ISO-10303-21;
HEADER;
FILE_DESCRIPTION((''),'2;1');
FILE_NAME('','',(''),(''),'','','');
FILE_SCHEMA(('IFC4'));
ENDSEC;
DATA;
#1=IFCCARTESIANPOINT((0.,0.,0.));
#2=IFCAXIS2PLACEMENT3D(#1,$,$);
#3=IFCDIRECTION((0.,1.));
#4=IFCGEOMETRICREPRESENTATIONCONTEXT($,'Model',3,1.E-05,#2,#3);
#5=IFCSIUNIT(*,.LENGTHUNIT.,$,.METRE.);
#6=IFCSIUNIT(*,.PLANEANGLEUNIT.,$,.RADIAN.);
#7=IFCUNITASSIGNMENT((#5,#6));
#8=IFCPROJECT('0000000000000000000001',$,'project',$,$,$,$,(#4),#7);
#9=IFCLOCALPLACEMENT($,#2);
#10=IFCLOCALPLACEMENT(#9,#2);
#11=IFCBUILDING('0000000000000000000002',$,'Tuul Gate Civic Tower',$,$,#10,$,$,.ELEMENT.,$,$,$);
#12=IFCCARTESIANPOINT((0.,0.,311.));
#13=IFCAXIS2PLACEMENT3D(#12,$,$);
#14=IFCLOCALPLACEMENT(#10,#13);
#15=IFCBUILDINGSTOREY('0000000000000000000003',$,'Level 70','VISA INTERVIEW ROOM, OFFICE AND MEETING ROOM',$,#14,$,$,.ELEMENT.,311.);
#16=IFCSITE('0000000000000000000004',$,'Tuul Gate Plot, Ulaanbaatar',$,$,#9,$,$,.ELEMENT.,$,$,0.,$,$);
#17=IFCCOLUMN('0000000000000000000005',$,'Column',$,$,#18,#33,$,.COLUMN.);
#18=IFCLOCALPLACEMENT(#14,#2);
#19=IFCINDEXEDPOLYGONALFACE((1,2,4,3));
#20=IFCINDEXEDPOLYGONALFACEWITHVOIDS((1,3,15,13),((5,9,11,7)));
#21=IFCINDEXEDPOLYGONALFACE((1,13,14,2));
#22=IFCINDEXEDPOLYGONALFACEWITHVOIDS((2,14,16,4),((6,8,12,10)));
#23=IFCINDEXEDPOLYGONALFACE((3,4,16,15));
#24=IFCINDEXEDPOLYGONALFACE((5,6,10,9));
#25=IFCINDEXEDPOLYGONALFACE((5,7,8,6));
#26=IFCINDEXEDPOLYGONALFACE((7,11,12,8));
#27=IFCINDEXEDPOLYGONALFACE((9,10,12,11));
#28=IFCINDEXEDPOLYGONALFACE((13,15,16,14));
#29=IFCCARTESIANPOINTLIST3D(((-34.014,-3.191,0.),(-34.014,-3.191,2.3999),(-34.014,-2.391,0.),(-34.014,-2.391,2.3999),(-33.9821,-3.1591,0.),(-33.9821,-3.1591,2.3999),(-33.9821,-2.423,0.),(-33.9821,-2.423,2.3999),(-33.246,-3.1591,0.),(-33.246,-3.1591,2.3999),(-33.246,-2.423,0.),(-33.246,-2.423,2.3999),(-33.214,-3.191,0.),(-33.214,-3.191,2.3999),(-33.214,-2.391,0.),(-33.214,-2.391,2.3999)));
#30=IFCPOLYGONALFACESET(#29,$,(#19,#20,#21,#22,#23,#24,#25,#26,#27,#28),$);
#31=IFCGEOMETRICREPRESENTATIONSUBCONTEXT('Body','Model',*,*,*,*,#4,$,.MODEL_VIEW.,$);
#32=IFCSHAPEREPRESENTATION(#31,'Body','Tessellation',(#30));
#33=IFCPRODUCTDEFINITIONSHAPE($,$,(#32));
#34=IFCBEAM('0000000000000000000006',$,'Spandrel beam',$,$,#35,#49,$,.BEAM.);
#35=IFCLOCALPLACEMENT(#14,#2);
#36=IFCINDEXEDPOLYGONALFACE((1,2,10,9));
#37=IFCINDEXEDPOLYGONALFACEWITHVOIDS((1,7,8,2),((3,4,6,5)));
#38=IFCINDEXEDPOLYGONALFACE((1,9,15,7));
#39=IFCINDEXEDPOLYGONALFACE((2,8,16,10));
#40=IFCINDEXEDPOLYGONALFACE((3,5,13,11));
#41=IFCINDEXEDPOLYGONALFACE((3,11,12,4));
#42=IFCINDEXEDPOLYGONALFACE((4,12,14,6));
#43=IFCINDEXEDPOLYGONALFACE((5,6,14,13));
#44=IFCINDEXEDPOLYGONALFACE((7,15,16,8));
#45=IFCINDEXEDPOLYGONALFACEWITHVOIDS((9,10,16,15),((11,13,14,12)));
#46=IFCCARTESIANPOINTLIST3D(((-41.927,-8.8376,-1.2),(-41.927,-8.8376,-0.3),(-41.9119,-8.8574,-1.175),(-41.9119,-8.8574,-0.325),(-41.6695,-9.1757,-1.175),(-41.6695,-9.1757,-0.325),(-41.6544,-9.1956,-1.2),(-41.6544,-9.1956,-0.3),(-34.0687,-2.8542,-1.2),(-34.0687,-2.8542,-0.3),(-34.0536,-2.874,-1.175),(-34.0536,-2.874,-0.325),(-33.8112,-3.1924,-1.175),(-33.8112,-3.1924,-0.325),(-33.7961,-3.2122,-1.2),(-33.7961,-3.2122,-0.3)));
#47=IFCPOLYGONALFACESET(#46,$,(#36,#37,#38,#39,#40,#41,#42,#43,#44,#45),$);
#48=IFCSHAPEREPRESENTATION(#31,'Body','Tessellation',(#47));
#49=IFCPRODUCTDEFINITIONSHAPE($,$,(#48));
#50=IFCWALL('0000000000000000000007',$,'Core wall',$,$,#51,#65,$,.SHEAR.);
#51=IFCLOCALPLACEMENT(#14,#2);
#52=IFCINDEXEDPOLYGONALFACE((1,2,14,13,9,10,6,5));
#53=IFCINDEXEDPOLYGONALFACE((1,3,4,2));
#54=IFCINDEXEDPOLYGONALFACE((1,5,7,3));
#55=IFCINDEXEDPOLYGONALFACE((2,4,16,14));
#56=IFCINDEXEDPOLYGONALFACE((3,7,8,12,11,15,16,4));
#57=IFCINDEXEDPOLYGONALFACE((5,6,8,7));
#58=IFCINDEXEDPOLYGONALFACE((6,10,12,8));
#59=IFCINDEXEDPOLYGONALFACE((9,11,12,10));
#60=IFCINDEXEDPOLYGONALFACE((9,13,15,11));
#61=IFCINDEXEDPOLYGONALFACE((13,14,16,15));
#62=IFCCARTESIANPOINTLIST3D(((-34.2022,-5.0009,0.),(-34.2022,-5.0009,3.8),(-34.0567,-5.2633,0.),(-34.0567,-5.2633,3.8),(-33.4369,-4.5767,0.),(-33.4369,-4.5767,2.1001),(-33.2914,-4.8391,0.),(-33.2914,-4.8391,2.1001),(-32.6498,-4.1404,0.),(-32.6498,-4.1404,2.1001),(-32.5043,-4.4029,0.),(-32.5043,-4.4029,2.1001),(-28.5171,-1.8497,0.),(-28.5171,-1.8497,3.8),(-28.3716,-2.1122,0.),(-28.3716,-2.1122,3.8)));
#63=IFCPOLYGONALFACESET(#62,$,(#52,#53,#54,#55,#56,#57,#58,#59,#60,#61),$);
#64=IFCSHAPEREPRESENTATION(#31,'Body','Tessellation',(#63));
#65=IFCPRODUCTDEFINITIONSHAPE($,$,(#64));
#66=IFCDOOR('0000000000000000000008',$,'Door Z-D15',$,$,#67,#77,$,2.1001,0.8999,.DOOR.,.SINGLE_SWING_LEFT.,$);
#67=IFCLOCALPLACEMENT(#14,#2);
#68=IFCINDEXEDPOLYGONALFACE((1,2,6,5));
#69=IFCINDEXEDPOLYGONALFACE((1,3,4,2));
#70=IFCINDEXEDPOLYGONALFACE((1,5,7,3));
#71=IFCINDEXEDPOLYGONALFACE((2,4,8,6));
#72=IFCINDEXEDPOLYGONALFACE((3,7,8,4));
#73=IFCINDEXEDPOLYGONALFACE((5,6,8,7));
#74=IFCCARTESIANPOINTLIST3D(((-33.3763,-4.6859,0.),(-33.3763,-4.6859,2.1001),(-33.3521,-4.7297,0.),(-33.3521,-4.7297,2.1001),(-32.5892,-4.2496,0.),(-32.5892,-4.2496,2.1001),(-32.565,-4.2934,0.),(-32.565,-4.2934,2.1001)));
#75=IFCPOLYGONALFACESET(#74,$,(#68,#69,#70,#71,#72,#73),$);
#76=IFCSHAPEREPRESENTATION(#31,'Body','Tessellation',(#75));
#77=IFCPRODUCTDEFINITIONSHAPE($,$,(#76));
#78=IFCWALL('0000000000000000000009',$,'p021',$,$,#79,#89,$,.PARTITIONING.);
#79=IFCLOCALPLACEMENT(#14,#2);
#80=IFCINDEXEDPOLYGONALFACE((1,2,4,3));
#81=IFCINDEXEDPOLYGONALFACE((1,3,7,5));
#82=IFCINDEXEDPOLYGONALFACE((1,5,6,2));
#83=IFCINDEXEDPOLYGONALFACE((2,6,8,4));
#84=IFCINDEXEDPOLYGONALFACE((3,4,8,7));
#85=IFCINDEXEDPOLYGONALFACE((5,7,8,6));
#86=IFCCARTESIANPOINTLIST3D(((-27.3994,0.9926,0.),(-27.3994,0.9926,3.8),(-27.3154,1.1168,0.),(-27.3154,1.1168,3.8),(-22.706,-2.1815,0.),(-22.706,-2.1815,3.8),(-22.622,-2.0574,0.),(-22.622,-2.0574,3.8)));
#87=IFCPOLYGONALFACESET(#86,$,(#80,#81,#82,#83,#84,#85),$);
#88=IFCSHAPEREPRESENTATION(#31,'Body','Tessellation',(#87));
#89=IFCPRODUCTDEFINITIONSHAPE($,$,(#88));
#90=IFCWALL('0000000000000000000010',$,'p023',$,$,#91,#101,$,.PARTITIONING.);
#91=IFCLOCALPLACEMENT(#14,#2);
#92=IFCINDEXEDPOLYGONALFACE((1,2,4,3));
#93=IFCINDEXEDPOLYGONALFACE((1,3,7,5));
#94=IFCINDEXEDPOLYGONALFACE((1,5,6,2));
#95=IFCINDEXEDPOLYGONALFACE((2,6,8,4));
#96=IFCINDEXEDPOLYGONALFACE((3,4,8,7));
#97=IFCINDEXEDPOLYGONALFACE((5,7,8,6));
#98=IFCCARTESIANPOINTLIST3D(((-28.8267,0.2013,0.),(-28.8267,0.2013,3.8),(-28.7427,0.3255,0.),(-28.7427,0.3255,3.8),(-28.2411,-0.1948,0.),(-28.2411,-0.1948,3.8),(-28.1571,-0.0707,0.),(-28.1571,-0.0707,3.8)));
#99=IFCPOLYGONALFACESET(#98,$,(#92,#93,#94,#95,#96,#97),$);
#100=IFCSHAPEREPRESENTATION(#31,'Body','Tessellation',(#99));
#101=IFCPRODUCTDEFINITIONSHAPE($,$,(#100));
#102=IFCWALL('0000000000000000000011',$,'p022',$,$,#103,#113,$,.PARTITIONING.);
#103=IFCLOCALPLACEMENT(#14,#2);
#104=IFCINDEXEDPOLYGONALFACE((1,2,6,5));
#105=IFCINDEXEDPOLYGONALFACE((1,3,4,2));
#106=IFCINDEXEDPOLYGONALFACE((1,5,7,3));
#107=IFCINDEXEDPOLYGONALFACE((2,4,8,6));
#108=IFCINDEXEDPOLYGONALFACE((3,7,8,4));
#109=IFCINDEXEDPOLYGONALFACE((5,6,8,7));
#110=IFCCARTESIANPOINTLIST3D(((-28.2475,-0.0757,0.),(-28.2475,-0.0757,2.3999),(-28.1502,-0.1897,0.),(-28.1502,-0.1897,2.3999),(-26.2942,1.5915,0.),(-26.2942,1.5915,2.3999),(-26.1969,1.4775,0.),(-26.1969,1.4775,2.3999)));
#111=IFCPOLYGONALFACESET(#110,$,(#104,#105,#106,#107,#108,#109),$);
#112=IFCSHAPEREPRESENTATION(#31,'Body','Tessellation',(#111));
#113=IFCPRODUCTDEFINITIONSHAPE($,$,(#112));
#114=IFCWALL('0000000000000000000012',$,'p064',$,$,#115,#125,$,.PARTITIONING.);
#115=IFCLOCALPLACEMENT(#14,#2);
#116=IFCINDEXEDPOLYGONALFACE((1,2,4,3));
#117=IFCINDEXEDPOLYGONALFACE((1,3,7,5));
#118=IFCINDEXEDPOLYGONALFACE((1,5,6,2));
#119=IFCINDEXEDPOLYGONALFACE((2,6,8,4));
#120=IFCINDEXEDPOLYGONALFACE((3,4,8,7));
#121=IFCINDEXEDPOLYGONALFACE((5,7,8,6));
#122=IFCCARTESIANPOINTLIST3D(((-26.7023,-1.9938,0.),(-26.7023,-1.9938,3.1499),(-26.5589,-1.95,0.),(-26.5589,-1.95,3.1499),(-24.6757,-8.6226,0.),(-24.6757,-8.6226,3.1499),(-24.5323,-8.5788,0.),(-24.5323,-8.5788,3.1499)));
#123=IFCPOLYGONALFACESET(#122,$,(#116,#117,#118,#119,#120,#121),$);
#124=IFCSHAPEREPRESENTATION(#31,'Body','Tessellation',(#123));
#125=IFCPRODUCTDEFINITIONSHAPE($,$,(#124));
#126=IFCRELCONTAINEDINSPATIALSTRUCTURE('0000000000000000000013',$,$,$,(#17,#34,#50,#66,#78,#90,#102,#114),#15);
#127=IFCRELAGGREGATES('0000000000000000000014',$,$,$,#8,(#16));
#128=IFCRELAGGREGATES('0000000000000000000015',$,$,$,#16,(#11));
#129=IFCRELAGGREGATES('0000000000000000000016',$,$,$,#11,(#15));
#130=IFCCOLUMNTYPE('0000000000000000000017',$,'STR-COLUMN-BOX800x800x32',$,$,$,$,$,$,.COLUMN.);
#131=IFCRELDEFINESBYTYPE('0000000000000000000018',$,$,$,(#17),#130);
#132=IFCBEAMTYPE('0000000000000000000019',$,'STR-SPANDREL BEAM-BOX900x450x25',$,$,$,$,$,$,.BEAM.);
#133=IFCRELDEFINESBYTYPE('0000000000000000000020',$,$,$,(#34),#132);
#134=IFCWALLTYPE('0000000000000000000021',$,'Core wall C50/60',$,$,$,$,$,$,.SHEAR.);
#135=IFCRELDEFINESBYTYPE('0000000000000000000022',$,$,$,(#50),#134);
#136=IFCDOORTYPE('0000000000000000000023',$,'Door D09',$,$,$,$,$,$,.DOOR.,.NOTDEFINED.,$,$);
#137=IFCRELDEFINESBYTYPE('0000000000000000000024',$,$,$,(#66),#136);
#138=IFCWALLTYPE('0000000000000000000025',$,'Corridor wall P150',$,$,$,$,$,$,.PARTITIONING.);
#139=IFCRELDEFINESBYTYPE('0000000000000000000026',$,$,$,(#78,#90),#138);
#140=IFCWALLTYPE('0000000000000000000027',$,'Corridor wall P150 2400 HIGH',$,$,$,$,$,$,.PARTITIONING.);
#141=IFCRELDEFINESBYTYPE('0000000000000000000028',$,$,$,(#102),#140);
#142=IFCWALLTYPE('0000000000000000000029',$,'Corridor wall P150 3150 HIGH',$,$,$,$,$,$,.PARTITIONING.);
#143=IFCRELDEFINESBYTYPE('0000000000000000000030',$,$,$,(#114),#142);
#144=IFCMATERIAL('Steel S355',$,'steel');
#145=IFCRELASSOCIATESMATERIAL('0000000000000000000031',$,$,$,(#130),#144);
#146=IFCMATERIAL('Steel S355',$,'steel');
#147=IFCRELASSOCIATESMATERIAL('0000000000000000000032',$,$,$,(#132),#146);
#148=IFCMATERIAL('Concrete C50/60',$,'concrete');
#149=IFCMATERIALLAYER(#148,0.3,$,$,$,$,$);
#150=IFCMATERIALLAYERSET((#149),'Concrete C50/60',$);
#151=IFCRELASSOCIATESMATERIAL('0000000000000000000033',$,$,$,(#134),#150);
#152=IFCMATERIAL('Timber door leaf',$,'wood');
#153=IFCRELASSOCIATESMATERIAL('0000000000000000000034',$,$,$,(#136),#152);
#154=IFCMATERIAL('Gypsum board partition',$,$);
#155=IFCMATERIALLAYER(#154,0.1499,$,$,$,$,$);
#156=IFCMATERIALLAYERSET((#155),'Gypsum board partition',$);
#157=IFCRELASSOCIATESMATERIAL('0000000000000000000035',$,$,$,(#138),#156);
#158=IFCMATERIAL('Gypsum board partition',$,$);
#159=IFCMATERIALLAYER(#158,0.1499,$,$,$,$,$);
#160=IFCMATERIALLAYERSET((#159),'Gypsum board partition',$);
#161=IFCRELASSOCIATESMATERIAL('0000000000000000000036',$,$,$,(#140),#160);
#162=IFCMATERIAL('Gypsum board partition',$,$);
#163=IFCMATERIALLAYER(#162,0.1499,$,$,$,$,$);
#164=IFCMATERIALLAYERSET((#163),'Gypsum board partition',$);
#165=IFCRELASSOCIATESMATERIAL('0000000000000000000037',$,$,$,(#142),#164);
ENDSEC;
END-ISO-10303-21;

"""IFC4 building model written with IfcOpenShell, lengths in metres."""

from ifc_helpers import new_model, si_unit, direction, frame, frame_2d, origin, origin_2d, place, context, subcontext, project, spatial, rectangle, hollow_rectangle, extrude, material, layer, layer_set, material_profile, profile_set, type_object, element, fill, save


model = new_model("IFC4")

# Units and contexts
model_context = context("Model", 3, precision=1e-05, world=origin(), true_north=direction((0.0, 1.0)))
body_context = subcontext(model_context, "Body", "Model", "MODEL_VIEW")
ifc_project = project(units=[si_unit("LENGTHUNIT", "METRE"), si_unit("PLANEANGLEUNIT", "RADIAN")], contexts=[model_context])

# Site, building, storey
site_placement = place(None, origin())
site = spatial("IfcSite", under=ifc_project, at=site_placement, Name="Tuul Gate Plot, Ulaanbaatar", CompositionType="ELEMENT", RefElevation=0.0)
building_placement = place(site_placement, origin())
building = spatial("IfcBuilding", under=site, at=building_placement, Name="Tuul Gate Civic Tower", CompositionType="ELEMENT")
storey_placement = place(building_placement, frame((0.0, 0.0, 311.0)))
storey = spatial("IfcBuildingStorey", under=building, at=storey_placement, Name="Level 70", Description="VISA INTERVIEW ROOM, OFFICE AND MEETING ROOM", CompositionType="ELEMENT", Elevation=311.0)

# Column
ifc_material_1 = material(Name="Steel S355", Category="steel")
ifc_material_profile_1 = material_profile(ifc_material_1, hollow_rectangle(XDim=0.8, YDim=0.8, WallThickness=0.032, at=origin_2d()), Name="BOX800x800x32")
ifc_profile_set_1 = profile_set([ifc_material_profile_1], Name="Steel S355")
column_type = type_object("IfcColumnType", Name="STR-COLUMN-BOX800x800x32", PredefinedType="COLUMN", material=ifc_profile_set_1)
column_placement = place(storey_placement, frame((-33.614, -2.791, 0.0), z_axis=(0.0, 0.0, 1.0), x_axis=(1.0, 0.0, 0.0)))
element("IfcColumn", 1, at=column_placement, inside=storey, type_object=column_type, Name="Column", PredefinedType="COLUMN", context=body_context, shape_type="SweptSolid", body=[
    extrude(hollow_rectangle(XDim=0.8, YDim=0.8, WallThickness=0.032, at=origin_2d()), origin(), (0.0, 0.0, 1.0), 2.3999),
])

# Beam
ifc_material_2 = material(Name="Steel S355", Category="steel")
ifc_material_profile_2 = material_profile(ifc_material_2, hollow_rectangle(XDim=0.45, YDim=0.8999, WallThickness=0.0249, at=origin_2d()), Name="BOX900x450x25")
ifc_profile_set_2 = profile_set([ifc_material_profile_2], Name="Steel S355")
beam_type = type_object("IfcBeamType", Name="STR-SPANDREL BEAM-BOX900x450x25", PredefinedType="BEAM", material=ifc_profile_set_2)
beam_placement = place(storey_placement, frame((-33.9324, -3.0332, -0.75), z_axis=(-0.795625, -0.60579, 0.0), x_axis=(0.60579, -0.795625, 0.0)))
element("IfcBeam", 2, at=beam_placement, inside=storey, type_object=beam_type, Name="Spandrel beam", PredefinedType="BEAM", context=body_context, shape_type="SweptSolid", body=[
    extrude(hollow_rectangle(XDim=0.45, YDim=0.8999, WallThickness=0.0249, at=origin_2d()), origin(), (0.0, 0.0, 1.0), 9.877),
])

# Wall, opening, door
ifc_material_3 = material(Name="Concrete C50/60", Category="concrete")
ifc_layer_1 = layer(ifc_material_3, 0.3)
ifc_layer_set_1 = layer_set([ifc_layer_1], Name="Concrete C50/60")
wall_type_1 = type_object("IfcWallType", Name="Core wall C50/60", PredefinedType="SHEAR", material=ifc_layer_set_1)
wall_1_placement = place(storey_placement, frame((-28.4443, -1.981, 0.0), z_axis=(0.0, 0.0, 1.0), x_axis=(-0.87463, -0.484791, 0.0)))
wall_1 = element("IfcWall", 3, at=wall_1_placement, inside=storey, type_object=wall_type_1, Name="Core wall", PredefinedType="SHEAR", context=body_context, shape_type="SweptSolid", body=[
    extrude(rectangle(XDim=6.5, YDim=0.3, at=frame_2d((3.25, 0.0))), origin(), (0.0, 0.0, 1.0), 3.8),
])
opening_1_placement = place(wall_1_placement, frame((4.7251, 0.0, 0.0)))
opening_1 = element("IfcOpeningElement", 4, at=opening_1_placement, cuts=wall_1, PredefinedType="OPENING", context=body_context, shape_type="SweptSolid", body=[
    extrude(rectangle(XDim=0.8999, YDim=2.1001, at=frame_2d((0.45, 1.05))), frame((0.0, 0.1602, 0.0), z_axis=(0.0, -1.0, 0.0), x_axis=(1.0, 0.0, 0.0)), (0.0, 0.0, 1.0), 0.3201),
])
ifc_material_4 = material(Name="Timber door leaf", Category="wood")
door_type = type_object("IfcDoorType", Name="Door D09", OperationType="NOTDEFINED", PredefinedType="DOOR", material=ifc_material_4)
door_placement = place(opening_1_placement, origin())
door = element("IfcDoor", 5, at=door_placement, inside=storey, type_object=door_type, Name="Door Z-D15", OperationType="SINGLE_SWING_LEFT", OverallHeight=2.1001, OverallWidth=0.8999, PredefinedType="DOOR", context=body_context, shape_type="SweptSolid", body=[
    extrude(rectangle(XDim=0.8999, YDim=2.1001, at=frame_2d((0.45, 1.05))), frame((0.0, 0.0249, 0.0), z_axis=(0.0, -1.0, 0.0), x_axis=(1.0, 0.0, 0.0)), (0.0, 0.0, 1.0), 0.05),
])
fill(opening_1, door)

# Walls
ifc_material_5 = material(Name="Gypsum board partition")
ifc_layer_2 = layer(ifc_material_5, 0.1499)
ifc_layer_set_2 = layer_set([ifc_layer_2], Name="Gypsum board partition")
wall_type_2 = type_object("IfcWallType", Name="Corridor wall P150", PredefinedType="PARTITIONING", material=ifc_layer_set_2)
wall_2_placement = place(storey_placement, frame((-27.3574, 1.0547, 0.0), z_axis=(0.0, 0.0, 1.0), x_axis=(0.828353, -0.560207, 0.0)))
element("IfcWall", 6, at=wall_2_placement, inside=storey, type_object=wall_type_2, Name="p021", PredefinedType="PARTITIONING", context=body_context, shape_type="SweptSolid", body=[
    extrude(rectangle(XDim=5.666, YDim=0.1499, at=frame_2d((2.833, 0.0))), origin(), (0.0, 0.0, 1.0), 3.8),
])
wall_3_placement = place(storey_placement, frame((-28.7847, 0.2634, 0.0), z_axis=(0.0, 0.0, 1.0), x_axis=(0.82826, -0.560344, 0.0)))
element("IfcWall", 7, at=wall_3_placement, inside=storey, type_object=wall_type_2, Name="p023", PredefinedType="PARTITIONING", context=body_context, shape_type="SweptSolid", body=[
    extrude(rectangle(XDim=0.707, YDim=0.1499, at=frame_2d((0.3535, 0.0))), origin(), (0.0, 0.0, 1.0), 3.8),
])
ifc_material_6 = material(Name="Gypsum board partition")
ifc_layer_3 = layer(ifc_material_6, 0.1499)
ifc_layer_set_3 = layer_set([ifc_layer_3], Name="Gypsum board partition")
wall_type_3 = type_object("IfcWallType", Name="Corridor wall P150 2400 HIGH", PredefinedType="PARTITIONING", material=ifc_layer_set_3)
wall_4_placement = place(storey_placement, frame((-28.199, -0.1328, 0.0), z_axis=(0.0, 0.0, 1.0), x_axis=(0.760617, 0.649201, 0.0)))
element("IfcWall", 8, at=wall_4_placement, inside=storey, type_object=wall_type_3, Name="p022", PredefinedType="PARTITIONING", context=body_context, shape_type="SweptSolid", body=[
    extrude(rectangle(XDim=2.5681, YDim=0.1499, at=frame_2d((1.2842, 0.0))), origin(), (0.0, 0.0, 1.0), 2.3999),
])
ifc_material_7 = material(Name="Gypsum board partition")
ifc_layer_4 = layer(ifc_material_7, 0.1499)
ifc_layer_set_4 = layer_set([ifc_layer_4], Name="Gypsum board partition")
wall_type_4 = type_object("IfcWallType", Name="Corridor wall P150 3150 HIGH", PredefinedType="PARTITIONING", material=ifc_layer_set_4)
wall_5_placement = place(storey_placement, frame((-26.6306, -1.9719, 0.0), z_axis=(0.0, 0.0, 1.0), x_axis=(0.292375, -0.956304, 0.0)))
element("IfcWall", 9, at=wall_5_placement, inside=storey, type_object=wall_type_4, Name="p064", PredefinedType="PARTITIONING", context=body_context, shape_type="SweptSolid", body=[
    extrude(rectangle(XDim=6.9316, YDim=0.1499, at=frame_2d((3.4658, 0.0))), origin(), (0.0, 0.0, 1.0), 3.1499),
])

save(model, "model.ifc")
